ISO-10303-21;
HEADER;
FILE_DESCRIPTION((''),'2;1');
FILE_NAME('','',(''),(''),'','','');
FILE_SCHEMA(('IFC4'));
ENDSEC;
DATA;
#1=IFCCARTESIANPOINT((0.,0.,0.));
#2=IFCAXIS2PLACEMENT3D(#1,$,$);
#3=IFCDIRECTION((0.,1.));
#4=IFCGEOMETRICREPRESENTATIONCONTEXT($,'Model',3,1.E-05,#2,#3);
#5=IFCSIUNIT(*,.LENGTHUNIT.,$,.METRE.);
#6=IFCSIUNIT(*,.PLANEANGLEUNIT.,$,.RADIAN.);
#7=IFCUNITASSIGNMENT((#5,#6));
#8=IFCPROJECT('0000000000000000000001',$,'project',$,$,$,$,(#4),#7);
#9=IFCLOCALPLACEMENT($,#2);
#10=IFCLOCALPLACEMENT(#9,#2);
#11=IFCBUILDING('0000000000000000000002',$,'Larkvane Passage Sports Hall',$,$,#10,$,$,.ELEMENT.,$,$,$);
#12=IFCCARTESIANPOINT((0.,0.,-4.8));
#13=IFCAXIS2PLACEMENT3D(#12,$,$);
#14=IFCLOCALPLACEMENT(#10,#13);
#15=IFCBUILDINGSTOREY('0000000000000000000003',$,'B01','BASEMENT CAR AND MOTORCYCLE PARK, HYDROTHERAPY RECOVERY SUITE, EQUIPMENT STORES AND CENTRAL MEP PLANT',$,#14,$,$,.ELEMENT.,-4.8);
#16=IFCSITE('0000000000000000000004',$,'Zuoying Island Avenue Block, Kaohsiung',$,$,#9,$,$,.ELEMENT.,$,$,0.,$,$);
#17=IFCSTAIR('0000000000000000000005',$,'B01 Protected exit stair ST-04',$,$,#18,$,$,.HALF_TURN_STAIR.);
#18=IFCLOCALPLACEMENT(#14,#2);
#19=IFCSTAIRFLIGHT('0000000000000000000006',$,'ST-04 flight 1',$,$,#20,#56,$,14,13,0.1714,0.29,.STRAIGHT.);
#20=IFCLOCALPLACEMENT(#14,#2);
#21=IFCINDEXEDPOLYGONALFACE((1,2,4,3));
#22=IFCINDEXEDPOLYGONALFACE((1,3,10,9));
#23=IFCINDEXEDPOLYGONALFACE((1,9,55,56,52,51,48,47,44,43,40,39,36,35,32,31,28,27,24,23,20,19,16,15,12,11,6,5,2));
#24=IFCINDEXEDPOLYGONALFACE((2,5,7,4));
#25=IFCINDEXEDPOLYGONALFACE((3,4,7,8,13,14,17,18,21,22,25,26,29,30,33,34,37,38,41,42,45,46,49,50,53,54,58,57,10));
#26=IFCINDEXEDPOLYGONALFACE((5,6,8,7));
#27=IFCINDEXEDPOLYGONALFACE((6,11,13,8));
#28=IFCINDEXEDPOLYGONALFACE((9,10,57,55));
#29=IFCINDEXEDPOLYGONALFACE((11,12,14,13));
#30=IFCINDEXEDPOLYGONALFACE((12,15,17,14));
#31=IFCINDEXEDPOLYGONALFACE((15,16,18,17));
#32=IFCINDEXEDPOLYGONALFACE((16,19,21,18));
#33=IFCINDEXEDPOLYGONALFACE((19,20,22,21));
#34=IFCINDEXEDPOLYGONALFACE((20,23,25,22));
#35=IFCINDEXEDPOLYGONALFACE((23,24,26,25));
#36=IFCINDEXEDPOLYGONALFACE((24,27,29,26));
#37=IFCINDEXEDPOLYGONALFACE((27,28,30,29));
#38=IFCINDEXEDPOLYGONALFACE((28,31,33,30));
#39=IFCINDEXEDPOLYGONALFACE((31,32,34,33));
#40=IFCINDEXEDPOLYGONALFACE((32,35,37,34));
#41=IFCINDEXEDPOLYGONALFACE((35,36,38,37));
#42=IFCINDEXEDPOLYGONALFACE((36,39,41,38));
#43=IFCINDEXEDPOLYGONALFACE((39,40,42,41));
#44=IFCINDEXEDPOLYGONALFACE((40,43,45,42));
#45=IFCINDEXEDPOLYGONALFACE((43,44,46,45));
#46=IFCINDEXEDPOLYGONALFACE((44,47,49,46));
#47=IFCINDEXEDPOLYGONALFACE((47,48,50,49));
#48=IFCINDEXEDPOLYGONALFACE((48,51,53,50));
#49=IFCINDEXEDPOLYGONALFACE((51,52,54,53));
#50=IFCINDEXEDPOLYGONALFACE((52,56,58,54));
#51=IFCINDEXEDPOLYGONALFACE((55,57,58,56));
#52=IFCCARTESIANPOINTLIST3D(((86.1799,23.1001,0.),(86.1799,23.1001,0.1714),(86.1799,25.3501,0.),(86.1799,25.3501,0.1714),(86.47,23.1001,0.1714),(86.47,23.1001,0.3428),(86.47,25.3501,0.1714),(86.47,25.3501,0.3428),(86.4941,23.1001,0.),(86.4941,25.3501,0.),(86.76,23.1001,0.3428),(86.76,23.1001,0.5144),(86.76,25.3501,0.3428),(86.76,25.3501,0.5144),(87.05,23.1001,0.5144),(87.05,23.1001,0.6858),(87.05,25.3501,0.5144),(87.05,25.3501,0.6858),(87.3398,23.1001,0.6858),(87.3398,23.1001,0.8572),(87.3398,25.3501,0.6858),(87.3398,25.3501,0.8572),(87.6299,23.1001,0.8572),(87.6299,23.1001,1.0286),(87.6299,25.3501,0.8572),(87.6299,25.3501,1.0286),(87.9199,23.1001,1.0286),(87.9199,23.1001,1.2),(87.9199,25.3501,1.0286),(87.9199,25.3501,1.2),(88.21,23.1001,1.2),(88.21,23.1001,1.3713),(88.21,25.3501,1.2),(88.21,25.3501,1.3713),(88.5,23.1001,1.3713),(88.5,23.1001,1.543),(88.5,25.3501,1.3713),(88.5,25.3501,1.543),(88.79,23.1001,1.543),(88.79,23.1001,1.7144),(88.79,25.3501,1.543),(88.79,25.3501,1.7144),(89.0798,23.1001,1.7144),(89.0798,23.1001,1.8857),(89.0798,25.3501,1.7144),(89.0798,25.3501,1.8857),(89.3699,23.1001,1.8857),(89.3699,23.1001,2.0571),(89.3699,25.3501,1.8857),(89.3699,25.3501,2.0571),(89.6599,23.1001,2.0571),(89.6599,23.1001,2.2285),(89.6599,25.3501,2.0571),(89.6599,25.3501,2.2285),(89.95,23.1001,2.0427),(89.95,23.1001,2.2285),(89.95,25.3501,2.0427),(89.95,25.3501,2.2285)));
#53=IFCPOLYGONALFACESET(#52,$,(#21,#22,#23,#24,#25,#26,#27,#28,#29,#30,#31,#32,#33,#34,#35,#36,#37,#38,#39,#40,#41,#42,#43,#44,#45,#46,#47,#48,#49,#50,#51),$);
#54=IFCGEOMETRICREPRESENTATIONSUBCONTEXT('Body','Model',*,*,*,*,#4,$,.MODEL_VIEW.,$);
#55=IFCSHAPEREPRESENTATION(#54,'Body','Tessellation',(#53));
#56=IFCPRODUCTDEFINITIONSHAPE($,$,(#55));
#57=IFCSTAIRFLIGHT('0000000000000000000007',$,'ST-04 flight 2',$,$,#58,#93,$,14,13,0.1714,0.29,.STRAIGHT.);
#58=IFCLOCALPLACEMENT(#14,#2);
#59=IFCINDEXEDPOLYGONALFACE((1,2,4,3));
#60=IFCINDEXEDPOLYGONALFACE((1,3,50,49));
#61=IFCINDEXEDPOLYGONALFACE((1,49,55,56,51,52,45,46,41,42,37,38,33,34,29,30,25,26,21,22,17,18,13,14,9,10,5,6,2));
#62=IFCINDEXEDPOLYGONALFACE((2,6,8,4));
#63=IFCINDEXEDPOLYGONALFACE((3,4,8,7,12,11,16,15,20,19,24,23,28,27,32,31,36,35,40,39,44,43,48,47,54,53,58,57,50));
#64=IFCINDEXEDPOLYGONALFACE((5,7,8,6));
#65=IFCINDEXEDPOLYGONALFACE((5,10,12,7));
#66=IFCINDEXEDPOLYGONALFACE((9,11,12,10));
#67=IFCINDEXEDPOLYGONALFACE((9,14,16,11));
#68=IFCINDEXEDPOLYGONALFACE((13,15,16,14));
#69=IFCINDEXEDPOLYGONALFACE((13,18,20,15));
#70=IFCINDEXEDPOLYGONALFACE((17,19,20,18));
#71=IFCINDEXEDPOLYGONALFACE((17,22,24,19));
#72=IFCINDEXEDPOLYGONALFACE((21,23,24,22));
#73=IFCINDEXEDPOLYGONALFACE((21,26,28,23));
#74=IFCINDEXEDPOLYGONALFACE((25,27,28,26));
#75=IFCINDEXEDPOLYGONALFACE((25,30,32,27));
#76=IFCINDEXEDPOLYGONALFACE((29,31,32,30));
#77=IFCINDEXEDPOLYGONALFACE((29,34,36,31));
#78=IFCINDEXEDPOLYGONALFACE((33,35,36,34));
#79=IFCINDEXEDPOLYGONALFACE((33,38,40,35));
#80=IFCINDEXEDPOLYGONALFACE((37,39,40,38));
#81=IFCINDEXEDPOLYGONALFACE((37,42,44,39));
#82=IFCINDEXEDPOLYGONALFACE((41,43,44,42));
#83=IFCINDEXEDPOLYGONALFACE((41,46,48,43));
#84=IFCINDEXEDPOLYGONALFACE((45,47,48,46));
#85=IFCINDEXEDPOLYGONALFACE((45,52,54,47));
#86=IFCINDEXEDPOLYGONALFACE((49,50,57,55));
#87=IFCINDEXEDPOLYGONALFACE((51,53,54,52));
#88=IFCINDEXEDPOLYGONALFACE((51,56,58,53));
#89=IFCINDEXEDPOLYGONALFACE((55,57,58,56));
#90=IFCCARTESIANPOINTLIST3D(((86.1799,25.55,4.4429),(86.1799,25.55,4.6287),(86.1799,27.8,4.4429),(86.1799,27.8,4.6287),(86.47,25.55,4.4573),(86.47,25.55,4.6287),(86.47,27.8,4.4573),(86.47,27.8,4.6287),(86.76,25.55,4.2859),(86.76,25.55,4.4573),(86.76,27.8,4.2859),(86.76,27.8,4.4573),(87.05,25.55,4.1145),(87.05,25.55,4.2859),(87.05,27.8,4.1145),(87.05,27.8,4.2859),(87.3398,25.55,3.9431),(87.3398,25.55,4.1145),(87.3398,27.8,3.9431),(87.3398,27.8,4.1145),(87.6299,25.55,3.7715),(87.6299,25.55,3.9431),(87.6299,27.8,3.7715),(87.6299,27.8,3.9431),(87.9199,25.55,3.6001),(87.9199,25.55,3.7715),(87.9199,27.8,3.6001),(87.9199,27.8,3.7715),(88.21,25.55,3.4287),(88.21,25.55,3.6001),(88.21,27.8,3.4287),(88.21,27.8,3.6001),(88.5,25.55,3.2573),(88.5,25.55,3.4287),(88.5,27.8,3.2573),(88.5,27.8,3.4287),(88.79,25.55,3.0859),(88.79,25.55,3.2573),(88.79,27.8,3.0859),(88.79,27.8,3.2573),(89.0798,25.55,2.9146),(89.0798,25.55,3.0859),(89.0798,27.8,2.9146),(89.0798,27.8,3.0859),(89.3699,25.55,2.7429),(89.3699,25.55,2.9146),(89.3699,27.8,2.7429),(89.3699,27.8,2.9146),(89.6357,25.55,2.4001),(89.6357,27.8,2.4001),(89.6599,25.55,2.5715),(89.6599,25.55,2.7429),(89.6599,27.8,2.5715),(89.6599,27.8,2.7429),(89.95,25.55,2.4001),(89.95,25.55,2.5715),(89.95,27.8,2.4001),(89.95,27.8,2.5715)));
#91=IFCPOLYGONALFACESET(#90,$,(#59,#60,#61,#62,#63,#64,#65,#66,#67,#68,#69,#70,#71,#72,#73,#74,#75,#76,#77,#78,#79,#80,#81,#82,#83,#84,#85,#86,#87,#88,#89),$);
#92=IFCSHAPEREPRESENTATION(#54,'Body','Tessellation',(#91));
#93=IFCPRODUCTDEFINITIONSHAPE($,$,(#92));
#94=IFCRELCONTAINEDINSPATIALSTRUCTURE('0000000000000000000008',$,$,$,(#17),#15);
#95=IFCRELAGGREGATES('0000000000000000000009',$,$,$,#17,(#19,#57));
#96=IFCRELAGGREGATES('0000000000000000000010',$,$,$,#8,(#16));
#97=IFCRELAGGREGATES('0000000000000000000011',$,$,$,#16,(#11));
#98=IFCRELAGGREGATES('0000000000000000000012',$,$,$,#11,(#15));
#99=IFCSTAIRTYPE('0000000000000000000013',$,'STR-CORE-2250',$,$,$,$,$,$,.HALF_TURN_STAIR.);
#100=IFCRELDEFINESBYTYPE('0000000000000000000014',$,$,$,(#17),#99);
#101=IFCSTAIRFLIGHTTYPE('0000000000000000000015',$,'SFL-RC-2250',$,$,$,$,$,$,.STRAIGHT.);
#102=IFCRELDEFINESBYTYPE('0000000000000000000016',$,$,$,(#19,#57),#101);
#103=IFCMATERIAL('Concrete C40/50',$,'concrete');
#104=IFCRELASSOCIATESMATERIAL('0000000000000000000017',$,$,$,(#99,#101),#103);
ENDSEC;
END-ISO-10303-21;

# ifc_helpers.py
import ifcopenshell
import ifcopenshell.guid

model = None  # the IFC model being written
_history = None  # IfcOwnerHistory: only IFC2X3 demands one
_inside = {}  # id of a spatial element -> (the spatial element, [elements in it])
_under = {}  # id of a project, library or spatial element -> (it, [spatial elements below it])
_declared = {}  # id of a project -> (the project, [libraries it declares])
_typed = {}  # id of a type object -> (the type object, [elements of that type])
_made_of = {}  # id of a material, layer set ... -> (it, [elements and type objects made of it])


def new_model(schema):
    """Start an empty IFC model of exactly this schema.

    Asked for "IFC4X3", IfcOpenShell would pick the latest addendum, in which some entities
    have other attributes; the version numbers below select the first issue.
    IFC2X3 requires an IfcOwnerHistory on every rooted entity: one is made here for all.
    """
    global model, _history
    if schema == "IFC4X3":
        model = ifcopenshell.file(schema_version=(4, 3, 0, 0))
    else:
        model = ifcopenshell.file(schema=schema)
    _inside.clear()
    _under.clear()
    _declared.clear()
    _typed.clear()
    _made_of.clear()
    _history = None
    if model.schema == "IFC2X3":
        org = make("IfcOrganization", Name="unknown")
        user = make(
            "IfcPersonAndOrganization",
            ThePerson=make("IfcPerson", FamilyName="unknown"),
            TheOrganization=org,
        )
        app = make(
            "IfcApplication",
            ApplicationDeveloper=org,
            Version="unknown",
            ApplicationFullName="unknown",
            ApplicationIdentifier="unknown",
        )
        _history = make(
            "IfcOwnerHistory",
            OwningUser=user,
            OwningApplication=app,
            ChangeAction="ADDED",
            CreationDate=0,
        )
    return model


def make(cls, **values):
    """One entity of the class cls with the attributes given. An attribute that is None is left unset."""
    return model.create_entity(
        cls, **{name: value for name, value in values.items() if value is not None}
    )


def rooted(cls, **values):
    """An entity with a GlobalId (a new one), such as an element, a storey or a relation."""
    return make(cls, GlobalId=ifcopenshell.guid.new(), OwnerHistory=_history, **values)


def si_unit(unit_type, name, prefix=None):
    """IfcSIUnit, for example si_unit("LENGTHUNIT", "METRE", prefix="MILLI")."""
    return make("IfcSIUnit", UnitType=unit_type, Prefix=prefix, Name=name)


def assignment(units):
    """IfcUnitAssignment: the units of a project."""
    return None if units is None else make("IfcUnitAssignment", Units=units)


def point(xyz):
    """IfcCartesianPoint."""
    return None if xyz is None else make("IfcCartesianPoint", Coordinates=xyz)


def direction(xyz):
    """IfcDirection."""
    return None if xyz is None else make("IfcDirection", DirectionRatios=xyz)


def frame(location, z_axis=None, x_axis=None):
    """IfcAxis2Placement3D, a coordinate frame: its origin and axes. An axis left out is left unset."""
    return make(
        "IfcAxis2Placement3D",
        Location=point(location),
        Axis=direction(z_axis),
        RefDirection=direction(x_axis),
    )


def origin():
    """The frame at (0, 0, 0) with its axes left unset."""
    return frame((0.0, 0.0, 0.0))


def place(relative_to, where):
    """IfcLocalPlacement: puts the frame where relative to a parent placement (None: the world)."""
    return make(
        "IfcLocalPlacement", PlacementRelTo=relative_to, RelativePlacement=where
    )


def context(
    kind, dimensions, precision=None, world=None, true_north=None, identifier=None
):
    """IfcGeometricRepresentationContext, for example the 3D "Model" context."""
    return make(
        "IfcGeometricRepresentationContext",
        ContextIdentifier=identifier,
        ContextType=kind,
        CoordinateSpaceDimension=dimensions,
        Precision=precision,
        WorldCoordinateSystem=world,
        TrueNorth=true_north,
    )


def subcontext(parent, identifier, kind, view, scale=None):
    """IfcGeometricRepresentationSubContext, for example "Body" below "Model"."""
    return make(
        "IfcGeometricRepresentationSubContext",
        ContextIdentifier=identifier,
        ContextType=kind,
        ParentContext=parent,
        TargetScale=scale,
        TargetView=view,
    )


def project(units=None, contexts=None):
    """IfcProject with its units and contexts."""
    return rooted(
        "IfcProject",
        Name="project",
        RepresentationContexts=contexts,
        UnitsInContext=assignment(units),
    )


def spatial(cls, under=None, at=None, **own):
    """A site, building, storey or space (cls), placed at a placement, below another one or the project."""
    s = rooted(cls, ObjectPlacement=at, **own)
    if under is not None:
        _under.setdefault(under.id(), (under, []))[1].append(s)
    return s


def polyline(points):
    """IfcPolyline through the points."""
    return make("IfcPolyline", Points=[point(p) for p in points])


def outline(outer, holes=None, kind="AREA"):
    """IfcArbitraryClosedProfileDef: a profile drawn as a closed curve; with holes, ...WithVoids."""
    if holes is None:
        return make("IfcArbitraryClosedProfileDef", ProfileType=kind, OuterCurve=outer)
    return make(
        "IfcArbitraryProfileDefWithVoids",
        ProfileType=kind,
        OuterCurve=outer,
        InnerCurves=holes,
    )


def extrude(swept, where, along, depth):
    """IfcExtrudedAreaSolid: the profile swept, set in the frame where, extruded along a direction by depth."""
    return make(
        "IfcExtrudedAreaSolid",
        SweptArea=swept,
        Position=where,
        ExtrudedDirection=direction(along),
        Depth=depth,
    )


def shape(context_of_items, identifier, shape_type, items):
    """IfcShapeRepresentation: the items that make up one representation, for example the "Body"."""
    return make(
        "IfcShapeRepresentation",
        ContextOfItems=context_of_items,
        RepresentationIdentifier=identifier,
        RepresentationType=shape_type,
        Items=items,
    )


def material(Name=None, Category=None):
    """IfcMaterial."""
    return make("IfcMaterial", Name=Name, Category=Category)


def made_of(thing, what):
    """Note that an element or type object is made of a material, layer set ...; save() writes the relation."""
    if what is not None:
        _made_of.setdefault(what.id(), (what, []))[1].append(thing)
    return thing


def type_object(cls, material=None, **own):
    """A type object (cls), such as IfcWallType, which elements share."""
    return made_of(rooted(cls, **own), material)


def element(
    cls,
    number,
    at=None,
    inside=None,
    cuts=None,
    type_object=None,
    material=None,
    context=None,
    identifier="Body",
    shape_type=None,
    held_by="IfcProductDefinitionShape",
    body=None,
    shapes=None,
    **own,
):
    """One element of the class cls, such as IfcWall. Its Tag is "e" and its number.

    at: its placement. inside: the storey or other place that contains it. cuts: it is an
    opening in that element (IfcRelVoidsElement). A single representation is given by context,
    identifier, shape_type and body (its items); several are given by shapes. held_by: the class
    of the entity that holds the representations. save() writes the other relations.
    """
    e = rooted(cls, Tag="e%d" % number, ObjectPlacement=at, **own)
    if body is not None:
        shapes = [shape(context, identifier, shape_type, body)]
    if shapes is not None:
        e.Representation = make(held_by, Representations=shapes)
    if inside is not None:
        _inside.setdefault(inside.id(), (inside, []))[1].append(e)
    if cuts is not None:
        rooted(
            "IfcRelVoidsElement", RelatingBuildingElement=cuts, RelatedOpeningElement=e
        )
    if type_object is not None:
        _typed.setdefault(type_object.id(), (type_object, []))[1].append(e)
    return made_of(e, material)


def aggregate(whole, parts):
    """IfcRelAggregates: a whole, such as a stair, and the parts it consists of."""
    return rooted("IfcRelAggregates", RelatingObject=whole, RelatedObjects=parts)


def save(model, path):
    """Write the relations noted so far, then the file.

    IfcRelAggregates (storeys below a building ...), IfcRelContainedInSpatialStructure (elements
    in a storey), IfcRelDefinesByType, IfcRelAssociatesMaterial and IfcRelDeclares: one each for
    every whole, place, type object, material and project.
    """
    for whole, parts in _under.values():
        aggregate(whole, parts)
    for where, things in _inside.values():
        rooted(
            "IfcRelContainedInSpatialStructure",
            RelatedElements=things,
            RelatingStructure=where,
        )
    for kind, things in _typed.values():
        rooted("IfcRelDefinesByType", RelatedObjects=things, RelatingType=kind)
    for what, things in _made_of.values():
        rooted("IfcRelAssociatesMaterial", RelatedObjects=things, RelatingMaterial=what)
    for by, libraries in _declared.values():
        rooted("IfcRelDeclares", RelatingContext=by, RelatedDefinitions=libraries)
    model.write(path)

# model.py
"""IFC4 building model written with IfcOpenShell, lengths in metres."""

from ifc_helpers import new_model, si_unit, direction, frame, origin, place, context, subcontext, project, spatial, polyline, outline, extrude, material, type_object, element, aggregate, save


model = new_model("IFC4")

# Units and contexts
model_context = context("Model", 3, precision=1e-05, world=origin(), true_north=direction((0.0, 1.0)))
body_context = subcontext(model_context, "Body", "Model", "MODEL_VIEW")
ifc_project = project(units=[si_unit("LENGTHUNIT", "METRE"), si_unit("PLANEANGLEUNIT", "RADIAN")], contexts=[model_context])

# Site, building, storey
site_placement = place(None, origin())
site = spatial("IfcSite", under=ifc_project, at=site_placement, Name="Zuoying Island Avenue Block, Kaohsiung", CompositionType="ELEMENT", RefElevation=0.0)
building_placement = place(site_placement, origin())
building = spatial("IfcBuilding", under=site, at=building_placement, Name="Larkvane Passage Sports Hall", CompositionType="ELEMENT")
storey_placement = place(building_placement, frame((0.0, 0.0, -4.8)))
storey = spatial("IfcBuildingStorey", under=building, at=storey_placement, Name="B01", Description="BASEMENT CAR AND MOTORCYCLE PARK, HYDROTHERAPY RECOVERY SUITE, EQUIPMENT STORES AND CENTRAL MEP PLANT", CompositionType="ELEMENT", Elevation=-4.8)

# Shared definitions
ifc_material_1 = material(Name="Concrete C40/50", Category="concrete")

# Stair, stair flights
stair_type = type_object("IfcStairType", Name="STR-CORE-2250", PredefinedType="HALF_TURN_STAIR", material=ifc_material_1)
stair_placement = place(storey_placement, origin())
stair = element("IfcStair", 1, at=stair_placement, inside=storey, type_object=stair_type, Name="B01 Protected exit stair ST-04", PredefinedType="HALF_TURN_STAIR")
stair_flight_type = type_object("IfcStairFlightType", Name="SFL-RC-2250", PredefinedType="STRAIGHT", material=ifc_material_1)
stair_flight_1_placement = place(storey_placement, frame((86.1799, 24.2251, 0.0), z_axis=(0.0, 0.0, 1.0), x_axis=(1.0, 0.0, 0.0)))
stair_flight_1 = element("IfcStairFlight", 2, at=stair_flight_1_placement, type_object=stair_flight_type, Name="ST-04 flight 1", NumberOfRisers=14, NumberOfTreads=13, PredefinedType="STRAIGHT", RiserHeight=0.1714, TreadLength=0.29, context=body_context, shape_type="SweptSolid", body=[
    extrude(outline(polyline([(0.0, 0.0), (0.0, 0.1714), (0.29, 0.1714), (0.29, 0.3428), (0.5801, 0.3428), (0.5801, 0.5144), (0.8701, 0.5144), (0.8701, 0.6858), (1.1599, 0.6858), (1.1599, 0.8572), (1.45, 0.8572), (1.45, 1.0286), (1.74, 1.0286), (1.74, 1.2), (2.03, 1.2), (2.03, 1.3713), (2.3201, 1.3713), (2.3201, 1.543), (2.6101, 1.543), (2.6101, 1.7144), (2.8999, 1.7144), (2.8999, 1.8857), (3.1899, 1.8857), (3.1899, 2.0571), (3.48, 2.0571), (3.48, 2.2285), (3.77, 2.2285), (3.77, 2.3999), (3.77, 2.0427), (0.3142, 0.0), (0.0, 0.0)])), frame((0.0, 1.125, 0.0), z_axis=(0.0, -1.0, 0.0), x_axis=(1.0, 0.0, 0.0)), (0.0, 0.0, 1.0), 2.25),
])
stair_flight_2_placement = place(storey_placement, frame((89.95, 26.675, 2.4001), z_axis=(0.0, 0.0, 1.0), x_axis=(-1.0, 0.0, 0.0)))
stair_flight_2 = element("IfcStairFlight", 3, at=stair_flight_2_placement, type_object=stair_flight_type, Name="ST-04 flight 2", NumberOfRisers=14, NumberOfTreads=13, PredefinedType="STRAIGHT", RiserHeight=0.1714, TreadLength=0.29, context=body_context, shape_type="SweptSolid", body=[
    extrude(outline(polyline([(0.0, 0.0), (0.0, 0.1714), (0.29, 0.1714), (0.29, 0.3428), (0.5801, 0.3428), (0.5801, 0.5144), (0.8701, 0.5144), (0.8701, 0.6858), (1.1599, 0.6858), (1.1599, 0.8572), (1.45, 0.8572), (1.45, 1.0286), (1.74, 1.0286), (1.74, 1.2), (2.03, 1.2), (2.03, 1.3713), (2.3201, 1.3713), (2.3201, 1.543), (2.6101, 1.543), (2.6101, 1.7144), (2.8999, 1.7144), (2.8999, 1.8857), (3.1899, 1.8857), (3.1899, 2.0571), (3.48, 2.0571), (3.48, 2.2285), (3.77, 2.2285), (3.77, 2.3999), (3.77, 2.0427), (0.3142, 0.0), (0.0, 0.0)])), frame((0.0, 1.125, 0.0), z_axis=(0.0, -1.0, 0.0), x_axis=(1.0, 0.0, 0.0)), (0.0, 0.0, 1.0), 2.25),
])
aggregate(stair, [stair_flight_1, stair_flight_2])

save(model, "model.ifc")
